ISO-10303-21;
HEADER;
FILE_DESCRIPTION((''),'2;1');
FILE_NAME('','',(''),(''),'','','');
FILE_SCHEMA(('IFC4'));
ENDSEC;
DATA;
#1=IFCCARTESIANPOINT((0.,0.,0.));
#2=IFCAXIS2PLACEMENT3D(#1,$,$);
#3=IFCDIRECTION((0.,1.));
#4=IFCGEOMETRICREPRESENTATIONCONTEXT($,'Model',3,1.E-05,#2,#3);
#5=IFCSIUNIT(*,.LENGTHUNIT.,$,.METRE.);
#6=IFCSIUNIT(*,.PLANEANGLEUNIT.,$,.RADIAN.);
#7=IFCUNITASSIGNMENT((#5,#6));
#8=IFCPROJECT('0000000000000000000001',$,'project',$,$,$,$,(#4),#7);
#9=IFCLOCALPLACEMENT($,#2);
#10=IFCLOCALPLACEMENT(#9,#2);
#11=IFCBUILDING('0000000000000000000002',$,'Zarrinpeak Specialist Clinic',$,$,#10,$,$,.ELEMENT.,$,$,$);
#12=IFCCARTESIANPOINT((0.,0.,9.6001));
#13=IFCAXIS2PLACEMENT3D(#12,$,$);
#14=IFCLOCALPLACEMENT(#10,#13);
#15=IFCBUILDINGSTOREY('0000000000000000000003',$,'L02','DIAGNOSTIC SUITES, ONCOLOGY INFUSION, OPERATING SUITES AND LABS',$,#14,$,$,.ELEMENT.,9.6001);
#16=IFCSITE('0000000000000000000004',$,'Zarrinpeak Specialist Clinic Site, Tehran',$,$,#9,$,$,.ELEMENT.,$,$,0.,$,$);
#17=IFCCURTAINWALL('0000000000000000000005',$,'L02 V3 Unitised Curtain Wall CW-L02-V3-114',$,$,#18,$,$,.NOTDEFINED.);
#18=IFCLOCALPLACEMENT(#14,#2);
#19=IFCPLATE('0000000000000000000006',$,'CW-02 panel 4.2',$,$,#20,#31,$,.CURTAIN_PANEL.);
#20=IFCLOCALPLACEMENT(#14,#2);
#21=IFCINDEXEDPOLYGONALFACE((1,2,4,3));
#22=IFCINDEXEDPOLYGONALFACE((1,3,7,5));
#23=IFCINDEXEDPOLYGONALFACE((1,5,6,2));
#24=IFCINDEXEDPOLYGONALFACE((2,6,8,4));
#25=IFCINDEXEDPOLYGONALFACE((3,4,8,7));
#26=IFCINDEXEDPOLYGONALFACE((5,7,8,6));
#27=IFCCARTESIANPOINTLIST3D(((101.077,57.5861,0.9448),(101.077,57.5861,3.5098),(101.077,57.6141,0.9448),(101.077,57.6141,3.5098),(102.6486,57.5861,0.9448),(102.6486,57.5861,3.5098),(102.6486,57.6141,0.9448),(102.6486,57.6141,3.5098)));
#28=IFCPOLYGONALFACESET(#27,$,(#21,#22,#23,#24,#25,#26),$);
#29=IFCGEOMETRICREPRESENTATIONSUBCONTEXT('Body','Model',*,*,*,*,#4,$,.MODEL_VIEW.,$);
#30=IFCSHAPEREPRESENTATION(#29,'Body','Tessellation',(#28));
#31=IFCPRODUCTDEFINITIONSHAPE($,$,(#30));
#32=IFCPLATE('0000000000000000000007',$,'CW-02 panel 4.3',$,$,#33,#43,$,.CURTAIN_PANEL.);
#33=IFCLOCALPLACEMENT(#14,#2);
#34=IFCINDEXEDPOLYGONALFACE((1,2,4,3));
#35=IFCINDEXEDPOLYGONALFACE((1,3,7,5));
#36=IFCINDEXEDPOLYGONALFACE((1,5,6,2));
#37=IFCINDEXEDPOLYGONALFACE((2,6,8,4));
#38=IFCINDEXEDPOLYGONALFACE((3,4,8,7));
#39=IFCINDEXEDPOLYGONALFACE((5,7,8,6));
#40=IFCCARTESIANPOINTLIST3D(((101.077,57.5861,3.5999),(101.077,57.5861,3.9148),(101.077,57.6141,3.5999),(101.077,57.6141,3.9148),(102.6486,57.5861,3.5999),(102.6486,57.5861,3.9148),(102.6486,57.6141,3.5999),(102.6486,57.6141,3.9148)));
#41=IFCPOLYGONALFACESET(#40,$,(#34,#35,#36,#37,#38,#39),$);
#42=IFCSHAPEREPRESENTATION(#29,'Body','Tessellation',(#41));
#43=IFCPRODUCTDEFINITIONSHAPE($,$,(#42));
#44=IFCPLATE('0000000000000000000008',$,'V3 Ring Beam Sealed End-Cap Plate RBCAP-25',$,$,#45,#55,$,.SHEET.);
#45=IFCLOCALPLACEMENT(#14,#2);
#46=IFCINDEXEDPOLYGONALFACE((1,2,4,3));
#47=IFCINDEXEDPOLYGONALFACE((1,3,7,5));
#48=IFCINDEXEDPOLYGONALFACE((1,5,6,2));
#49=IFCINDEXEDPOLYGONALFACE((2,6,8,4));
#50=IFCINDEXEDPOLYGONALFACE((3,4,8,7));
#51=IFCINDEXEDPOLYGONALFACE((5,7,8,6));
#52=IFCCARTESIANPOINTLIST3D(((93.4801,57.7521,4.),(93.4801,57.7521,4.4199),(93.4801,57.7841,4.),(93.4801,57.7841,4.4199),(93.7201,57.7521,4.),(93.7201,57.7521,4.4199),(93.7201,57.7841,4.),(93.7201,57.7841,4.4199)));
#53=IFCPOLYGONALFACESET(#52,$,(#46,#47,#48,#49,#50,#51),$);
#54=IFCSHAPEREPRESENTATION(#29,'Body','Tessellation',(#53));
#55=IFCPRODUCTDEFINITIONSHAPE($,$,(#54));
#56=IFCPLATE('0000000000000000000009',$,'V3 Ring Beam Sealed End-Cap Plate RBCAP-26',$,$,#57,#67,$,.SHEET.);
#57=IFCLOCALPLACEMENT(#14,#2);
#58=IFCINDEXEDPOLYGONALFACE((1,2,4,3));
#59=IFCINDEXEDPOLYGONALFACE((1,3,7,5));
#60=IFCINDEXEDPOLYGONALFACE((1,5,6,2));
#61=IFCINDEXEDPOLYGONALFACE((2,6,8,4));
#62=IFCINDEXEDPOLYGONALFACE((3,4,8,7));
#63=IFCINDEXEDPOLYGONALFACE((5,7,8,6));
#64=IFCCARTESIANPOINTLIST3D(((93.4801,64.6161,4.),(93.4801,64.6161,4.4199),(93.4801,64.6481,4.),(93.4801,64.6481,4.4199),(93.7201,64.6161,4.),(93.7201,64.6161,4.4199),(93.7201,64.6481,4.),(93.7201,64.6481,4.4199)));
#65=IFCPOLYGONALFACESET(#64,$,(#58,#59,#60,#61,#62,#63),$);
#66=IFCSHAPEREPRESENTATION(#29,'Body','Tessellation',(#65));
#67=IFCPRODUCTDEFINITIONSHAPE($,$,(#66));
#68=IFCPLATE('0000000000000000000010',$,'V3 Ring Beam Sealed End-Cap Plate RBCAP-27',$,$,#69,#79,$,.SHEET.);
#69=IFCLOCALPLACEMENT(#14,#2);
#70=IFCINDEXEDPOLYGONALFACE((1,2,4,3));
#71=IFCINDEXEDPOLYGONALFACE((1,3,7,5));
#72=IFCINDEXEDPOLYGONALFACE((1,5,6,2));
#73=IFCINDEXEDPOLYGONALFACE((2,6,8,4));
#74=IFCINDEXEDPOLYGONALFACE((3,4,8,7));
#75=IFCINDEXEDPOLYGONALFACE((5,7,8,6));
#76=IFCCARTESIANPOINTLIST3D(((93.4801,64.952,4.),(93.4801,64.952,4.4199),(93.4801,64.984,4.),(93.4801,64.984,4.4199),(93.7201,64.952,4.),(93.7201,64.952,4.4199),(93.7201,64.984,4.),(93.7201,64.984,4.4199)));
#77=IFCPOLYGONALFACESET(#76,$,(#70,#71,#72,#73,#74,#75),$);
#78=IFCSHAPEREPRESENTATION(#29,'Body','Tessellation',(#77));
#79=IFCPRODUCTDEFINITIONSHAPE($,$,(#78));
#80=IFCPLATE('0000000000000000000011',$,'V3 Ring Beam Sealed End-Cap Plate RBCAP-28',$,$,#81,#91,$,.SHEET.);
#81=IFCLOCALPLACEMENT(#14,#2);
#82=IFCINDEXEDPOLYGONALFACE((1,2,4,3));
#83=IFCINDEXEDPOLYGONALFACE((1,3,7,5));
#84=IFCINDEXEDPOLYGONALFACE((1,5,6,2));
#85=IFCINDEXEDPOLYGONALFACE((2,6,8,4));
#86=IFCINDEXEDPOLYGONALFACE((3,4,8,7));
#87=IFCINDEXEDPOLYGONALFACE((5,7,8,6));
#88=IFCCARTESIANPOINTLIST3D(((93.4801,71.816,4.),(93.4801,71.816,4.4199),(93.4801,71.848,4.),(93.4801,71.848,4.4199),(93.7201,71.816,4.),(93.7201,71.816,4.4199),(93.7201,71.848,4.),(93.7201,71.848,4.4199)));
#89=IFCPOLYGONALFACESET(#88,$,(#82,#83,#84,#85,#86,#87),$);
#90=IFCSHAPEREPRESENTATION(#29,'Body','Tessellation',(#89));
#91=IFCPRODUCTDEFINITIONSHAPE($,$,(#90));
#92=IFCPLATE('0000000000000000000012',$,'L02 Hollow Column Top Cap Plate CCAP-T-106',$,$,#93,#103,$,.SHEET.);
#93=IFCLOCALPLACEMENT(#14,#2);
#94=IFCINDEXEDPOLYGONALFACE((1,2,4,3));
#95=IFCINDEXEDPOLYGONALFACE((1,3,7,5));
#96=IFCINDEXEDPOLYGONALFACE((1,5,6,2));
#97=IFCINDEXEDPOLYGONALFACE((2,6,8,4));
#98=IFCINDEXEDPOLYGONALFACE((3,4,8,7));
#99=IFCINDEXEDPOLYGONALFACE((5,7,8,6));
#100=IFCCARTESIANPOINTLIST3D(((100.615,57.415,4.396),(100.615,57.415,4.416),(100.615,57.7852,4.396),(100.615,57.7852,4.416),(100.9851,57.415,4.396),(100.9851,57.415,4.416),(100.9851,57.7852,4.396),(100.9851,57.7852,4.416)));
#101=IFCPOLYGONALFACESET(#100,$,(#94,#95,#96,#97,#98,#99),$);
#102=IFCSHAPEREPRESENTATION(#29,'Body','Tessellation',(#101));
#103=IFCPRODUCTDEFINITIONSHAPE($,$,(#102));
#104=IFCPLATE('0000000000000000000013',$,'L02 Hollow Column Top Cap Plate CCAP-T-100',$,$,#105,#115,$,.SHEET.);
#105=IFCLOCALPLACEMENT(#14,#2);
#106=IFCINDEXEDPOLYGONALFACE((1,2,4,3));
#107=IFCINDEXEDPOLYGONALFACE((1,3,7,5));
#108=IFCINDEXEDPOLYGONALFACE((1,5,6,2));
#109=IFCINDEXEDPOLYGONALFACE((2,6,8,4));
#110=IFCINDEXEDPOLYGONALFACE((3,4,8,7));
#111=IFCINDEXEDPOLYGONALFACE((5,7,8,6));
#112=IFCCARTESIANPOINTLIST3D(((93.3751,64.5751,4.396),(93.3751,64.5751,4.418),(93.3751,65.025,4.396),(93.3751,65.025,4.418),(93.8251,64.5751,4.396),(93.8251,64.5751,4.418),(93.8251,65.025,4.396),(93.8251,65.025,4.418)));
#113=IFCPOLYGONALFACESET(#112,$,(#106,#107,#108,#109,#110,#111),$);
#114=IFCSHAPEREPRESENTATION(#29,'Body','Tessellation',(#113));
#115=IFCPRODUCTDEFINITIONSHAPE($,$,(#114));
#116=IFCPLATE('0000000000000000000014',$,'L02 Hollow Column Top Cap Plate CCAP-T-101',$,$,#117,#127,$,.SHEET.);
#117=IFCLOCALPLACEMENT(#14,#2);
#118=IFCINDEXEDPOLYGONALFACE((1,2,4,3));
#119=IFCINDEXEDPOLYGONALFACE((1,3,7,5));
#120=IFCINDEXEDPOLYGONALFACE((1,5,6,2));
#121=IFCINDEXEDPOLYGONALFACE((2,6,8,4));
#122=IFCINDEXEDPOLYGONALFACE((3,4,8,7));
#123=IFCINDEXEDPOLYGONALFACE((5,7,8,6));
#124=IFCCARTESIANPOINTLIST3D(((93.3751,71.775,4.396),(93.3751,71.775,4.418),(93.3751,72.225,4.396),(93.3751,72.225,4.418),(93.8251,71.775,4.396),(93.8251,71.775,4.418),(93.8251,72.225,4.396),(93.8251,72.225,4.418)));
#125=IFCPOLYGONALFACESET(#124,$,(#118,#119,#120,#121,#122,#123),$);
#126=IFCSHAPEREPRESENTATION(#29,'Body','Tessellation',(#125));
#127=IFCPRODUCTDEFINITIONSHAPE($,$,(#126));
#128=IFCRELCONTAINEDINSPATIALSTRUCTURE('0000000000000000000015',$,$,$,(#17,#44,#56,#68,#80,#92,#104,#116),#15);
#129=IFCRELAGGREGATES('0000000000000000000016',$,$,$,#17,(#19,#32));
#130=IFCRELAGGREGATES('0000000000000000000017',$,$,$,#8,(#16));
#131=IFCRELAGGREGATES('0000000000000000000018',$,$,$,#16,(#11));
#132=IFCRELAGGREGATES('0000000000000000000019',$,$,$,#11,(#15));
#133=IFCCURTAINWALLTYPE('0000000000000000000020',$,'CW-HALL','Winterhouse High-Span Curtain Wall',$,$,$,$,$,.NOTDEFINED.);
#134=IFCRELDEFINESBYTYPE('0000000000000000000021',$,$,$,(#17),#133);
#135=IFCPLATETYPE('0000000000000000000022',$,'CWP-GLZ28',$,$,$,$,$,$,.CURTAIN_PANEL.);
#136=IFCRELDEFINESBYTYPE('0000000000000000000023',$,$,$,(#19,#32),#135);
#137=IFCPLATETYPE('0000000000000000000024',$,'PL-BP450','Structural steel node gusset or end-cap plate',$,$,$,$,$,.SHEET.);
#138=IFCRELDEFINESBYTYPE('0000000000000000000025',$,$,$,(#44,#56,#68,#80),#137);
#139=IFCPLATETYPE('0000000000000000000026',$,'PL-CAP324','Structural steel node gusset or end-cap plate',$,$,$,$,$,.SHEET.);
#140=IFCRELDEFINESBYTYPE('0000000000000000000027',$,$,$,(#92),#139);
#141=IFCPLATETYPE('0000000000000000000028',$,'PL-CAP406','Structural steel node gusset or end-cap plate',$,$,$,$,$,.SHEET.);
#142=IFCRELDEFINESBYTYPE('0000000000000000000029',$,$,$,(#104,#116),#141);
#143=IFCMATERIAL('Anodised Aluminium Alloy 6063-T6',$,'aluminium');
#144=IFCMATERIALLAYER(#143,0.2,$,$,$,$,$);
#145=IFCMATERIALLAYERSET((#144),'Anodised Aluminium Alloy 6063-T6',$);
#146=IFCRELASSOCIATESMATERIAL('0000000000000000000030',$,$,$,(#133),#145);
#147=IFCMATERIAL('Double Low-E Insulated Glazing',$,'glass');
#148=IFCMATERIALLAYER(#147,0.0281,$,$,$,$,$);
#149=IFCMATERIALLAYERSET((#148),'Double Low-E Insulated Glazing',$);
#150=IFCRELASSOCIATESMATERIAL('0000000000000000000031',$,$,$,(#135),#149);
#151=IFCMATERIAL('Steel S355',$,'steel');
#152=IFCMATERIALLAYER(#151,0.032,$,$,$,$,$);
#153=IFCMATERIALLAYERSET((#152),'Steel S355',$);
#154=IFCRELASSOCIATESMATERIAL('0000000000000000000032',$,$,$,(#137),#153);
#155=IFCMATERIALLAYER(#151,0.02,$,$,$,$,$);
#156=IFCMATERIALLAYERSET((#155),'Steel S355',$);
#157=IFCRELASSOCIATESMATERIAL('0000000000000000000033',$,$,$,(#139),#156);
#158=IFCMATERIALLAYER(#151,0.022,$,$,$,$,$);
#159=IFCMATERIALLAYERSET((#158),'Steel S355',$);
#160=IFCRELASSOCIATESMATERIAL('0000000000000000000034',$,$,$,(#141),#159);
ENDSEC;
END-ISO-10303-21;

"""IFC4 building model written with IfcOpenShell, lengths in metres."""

from ifc_helpers import new_model, si_unit, direction, frame, origin, origin_2d, place, context, subcontext, project, spatial, rectangle, extrude, material, layer, layer_set, type_object, element, aggregate, save


model = new_model("IFC4")

# Units and contexts
model_context = context("Model", 3, precision=1e-05, world=origin(), true_north=direction((0.0, 1.0)))
body_context = subcontext(model_context, "Body", "Model", "MODEL_VIEW")
ifc_project = project(units=[si_unit("LENGTHUNIT", "METRE"), si_unit("PLANEANGLEUNIT", "RADIAN")], contexts=[model_context])

# Site, building, storey
site_placement = place(None, origin())
site = spatial("IfcSite", under=ifc_project, at=site_placement, Name="Zarrinpeak Specialist Clinic Site, Tehran", CompositionType="ELEMENT", RefElevation=0.0)
building_placement = place(site_placement, origin())
building = spatial("IfcBuilding", under=site, at=building_placement, Name="Zarrinpeak Specialist Clinic", CompositionType="ELEMENT")
storey_placement = place(building_placement, frame((0.0, 0.0, 9.6001)))
storey = spatial("IfcBuildingStorey", under=building, at=storey_placement, Name="L02", Description="DIAGNOSTIC SUITES, ONCOLOGY INFUSION, OPERATING SUITES AND LABS", CompositionType="ELEMENT", Elevation=9.6001)

# Shared definitions
ifc_material_1 = material(Name="Steel S355", Category="steel")

# Shared definitions
ifc_material_2 = material(Name="Anodised Aluminium Alloy 6063-T6", Category="aluminium")
ifc_layer_1 = layer(ifc_material_2, 0.2)
ifc_layer_set_1 = layer_set([ifc_layer_1], Name="Anodised Aluminium Alloy 6063-T6")
curtain_wall_type = type_object("IfcCurtainWallType", Name="CW-HALL", Description="Winterhouse High-Span Curtain Wall", PredefinedType="NOTDEFINED", material=ifc_layer_set_1)

# Curtain wall
curtain_wall_1_placement = place(storey_placement, origin())
curtain_wall_1 = element("IfcCurtainWall", 1, at=curtain_wall_1_placement, inside=storey, type_object=curtain_wall_type, Name="L02 V3 Unitised Curtain Wall CW-L02-V3-114", PredefinedType="NOTDEFINED")

# Plates
ifc_material_3 = material(Name="Double Low-E Insulated Glazing", Category="glass")
ifc_layer_2 = layer(ifc_material_3, 0.0281)
ifc_layer_set_2 = layer_set([ifc_layer_2], Name="Double Low-E Insulated Glazing")
plate_type_1 = type_object("IfcPlateType", Name="CWP-GLZ28", PredefinedType="CURTAIN_PANEL", material=ifc_layer_set_2)
plate_1_placement = place(storey_placement, frame((101.8628, 57.6001, 0.9448), z_axis=(0.0, 0.0, 1.0), x_axis=(-1.0, 0.0, 0.0)))
plate_1 = element("IfcPlate", 2, at=plate_1_placement, type_object=plate_type_1, Name="CW-02 panel 4.2", PredefinedType="CURTAIN_PANEL", context=body_context, shape_type="SweptSolid", body=[
    extrude(rectangle(XDim=1.5715, YDim=0.0281, at=origin_2d()), origin(), (0.0, 0.0, 1.0), 2.5649),
])
plate_2_placement = place(storey_placement, frame((101.8628, 57.6001, 3.5999), z_axis=(0.0, 0.0, 1.0), x_axis=(-1.0, 0.0, 0.0)))
plate_2 = element("IfcPlate", 3, at=plate_2_placement, type_object=plate_type_1, Name="CW-02 panel 4.3", PredefinedType="CURTAIN_PANEL", context=body_context, shape_type="SweptSolid", body=[
    extrude(rectangle(XDim=1.5715, YDim=0.0281, at=origin_2d()), origin(), (0.0, 0.0, 1.0), 0.3149),
])
aggregate(curtain_wall_1, [plate_1, plate_2])

# Plates
ifc_layer_3 = layer(ifc_material_1, 0.032)
ifc_layer_set_3 = layer_set([ifc_layer_3], Name="Steel S355")
plate_type_2 = type_object("IfcPlateType", Name="PL-BP450", Description="Structural steel node gusset or end-cap plate", PredefinedType="SHEET", material=ifc_layer_set_3)
for number, where, z_axis, x_axis, name in (
    (4, (93.6001, 57.7681, 4.0), (0.0, 0.0, 1.0), (1.0, 0.0, 0.0), "V3 Ring Beam Sealed End-Cap Plate RBCAP-25"),
    (5, (93.6001, 64.6321, 4.0), (0.0, 0.0, 1.0), (1.0, 0.0, 0.0), "V3 Ring Beam Sealed End-Cap Plate RBCAP-26"),
    (6, (93.6001, 64.968, 4.0), (0.0, 0.0, 1.0), (1.0, 0.0, 0.0), "V3 Ring Beam Sealed End-Cap Plate RBCAP-27"),
    (7, (93.6001, 71.832, 4.0), (0.0, 0.0, 1.0), (1.0, 0.0, 0.0), "V3 Ring Beam Sealed End-Cap Plate RBCAP-28"),
):
    element("IfcPlate", number, at=place(storey_placement, frame(where, z_axis=z_axis, x_axis=x_axis)), inside=storey, type_object=plate_type_2, Name=name, PredefinedType="SHEET", context=body_context, shape_type="SweptSolid", body=[
        extrude(rectangle(XDim=0.24, YDim=0.032, at=origin_2d()), origin(), (0.0, 0.0, 1.0), 0.4199),
    ])
ifc_layer_4 = layer(ifc_material_1, 0.02)
ifc_layer_set_4 = layer_set([ifc_layer_4], Name="Steel S355")
plate_type_3 = type_object("IfcPlateType", Name="PL-CAP324", Description="Structural steel node gusset or end-cap plate", PredefinedType="SHEET", material=ifc_layer_set_4)
plate_3_placement = place(storey_placement, frame((100.8, 57.6001, 4.396), z_axis=(0.0, 0.0, 1.0), x_axis=(1.0, 0.0, 0.0)))
element("IfcPlate", 8, at=plate_3_placement, inside=storey, type_object=plate_type_3, Name="L02 Hollow Column Top Cap Plate CCAP-T-106", PredefinedType="SHEET", context=body_context, shape_type="SweptSolid", body=[
    extrude(rectangle(XDim=0.3701, YDim=0.3701, at=origin_2d()), origin(), (0.0, 0.0, 1.0), 0.02),
])
ifc_layer_5 = layer(ifc_material_1, 0.022)
ifc_layer_set_5 = layer_set([ifc_layer_5], Name="Steel S355")
plate_type_4 = type_object("IfcPlateType", Name="PL-CAP406", Description="Structural steel node gusset or end-cap plate", PredefinedType="SHEET", material=ifc_layer_set_5)
for number, where, z_axis, x_axis, name in (
    (9, (93.6001, 64.8, 4.396), (0.0, 0.0, 1.0), (1.0, 0.0, 0.0), "L02 Hollow Column Top Cap Plate CCAP-T-100"),
    (10, (93.6001, 72.0, 4.396), (0.0, 0.0, 1.0), (1.0, 0.0, 0.0), "L02 Hollow Column Top Cap Plate CCAP-T-101"),
):
    element("IfcPlate", number, at=place(storey_placement, frame(where, z_axis=z_axis, x_axis=x_axis)), inside=storey, type_object=plate_type_4, Name=name, PredefinedType="SHEET", context=body_context, shape_type="SweptSolid", body=[
        extrude(rectangle(XDim=0.45, YDim=0.45, at=origin_2d()), origin(), (0.0, 0.0, 1.0), 0.022),
    ])

save(model, "model.ifc")
